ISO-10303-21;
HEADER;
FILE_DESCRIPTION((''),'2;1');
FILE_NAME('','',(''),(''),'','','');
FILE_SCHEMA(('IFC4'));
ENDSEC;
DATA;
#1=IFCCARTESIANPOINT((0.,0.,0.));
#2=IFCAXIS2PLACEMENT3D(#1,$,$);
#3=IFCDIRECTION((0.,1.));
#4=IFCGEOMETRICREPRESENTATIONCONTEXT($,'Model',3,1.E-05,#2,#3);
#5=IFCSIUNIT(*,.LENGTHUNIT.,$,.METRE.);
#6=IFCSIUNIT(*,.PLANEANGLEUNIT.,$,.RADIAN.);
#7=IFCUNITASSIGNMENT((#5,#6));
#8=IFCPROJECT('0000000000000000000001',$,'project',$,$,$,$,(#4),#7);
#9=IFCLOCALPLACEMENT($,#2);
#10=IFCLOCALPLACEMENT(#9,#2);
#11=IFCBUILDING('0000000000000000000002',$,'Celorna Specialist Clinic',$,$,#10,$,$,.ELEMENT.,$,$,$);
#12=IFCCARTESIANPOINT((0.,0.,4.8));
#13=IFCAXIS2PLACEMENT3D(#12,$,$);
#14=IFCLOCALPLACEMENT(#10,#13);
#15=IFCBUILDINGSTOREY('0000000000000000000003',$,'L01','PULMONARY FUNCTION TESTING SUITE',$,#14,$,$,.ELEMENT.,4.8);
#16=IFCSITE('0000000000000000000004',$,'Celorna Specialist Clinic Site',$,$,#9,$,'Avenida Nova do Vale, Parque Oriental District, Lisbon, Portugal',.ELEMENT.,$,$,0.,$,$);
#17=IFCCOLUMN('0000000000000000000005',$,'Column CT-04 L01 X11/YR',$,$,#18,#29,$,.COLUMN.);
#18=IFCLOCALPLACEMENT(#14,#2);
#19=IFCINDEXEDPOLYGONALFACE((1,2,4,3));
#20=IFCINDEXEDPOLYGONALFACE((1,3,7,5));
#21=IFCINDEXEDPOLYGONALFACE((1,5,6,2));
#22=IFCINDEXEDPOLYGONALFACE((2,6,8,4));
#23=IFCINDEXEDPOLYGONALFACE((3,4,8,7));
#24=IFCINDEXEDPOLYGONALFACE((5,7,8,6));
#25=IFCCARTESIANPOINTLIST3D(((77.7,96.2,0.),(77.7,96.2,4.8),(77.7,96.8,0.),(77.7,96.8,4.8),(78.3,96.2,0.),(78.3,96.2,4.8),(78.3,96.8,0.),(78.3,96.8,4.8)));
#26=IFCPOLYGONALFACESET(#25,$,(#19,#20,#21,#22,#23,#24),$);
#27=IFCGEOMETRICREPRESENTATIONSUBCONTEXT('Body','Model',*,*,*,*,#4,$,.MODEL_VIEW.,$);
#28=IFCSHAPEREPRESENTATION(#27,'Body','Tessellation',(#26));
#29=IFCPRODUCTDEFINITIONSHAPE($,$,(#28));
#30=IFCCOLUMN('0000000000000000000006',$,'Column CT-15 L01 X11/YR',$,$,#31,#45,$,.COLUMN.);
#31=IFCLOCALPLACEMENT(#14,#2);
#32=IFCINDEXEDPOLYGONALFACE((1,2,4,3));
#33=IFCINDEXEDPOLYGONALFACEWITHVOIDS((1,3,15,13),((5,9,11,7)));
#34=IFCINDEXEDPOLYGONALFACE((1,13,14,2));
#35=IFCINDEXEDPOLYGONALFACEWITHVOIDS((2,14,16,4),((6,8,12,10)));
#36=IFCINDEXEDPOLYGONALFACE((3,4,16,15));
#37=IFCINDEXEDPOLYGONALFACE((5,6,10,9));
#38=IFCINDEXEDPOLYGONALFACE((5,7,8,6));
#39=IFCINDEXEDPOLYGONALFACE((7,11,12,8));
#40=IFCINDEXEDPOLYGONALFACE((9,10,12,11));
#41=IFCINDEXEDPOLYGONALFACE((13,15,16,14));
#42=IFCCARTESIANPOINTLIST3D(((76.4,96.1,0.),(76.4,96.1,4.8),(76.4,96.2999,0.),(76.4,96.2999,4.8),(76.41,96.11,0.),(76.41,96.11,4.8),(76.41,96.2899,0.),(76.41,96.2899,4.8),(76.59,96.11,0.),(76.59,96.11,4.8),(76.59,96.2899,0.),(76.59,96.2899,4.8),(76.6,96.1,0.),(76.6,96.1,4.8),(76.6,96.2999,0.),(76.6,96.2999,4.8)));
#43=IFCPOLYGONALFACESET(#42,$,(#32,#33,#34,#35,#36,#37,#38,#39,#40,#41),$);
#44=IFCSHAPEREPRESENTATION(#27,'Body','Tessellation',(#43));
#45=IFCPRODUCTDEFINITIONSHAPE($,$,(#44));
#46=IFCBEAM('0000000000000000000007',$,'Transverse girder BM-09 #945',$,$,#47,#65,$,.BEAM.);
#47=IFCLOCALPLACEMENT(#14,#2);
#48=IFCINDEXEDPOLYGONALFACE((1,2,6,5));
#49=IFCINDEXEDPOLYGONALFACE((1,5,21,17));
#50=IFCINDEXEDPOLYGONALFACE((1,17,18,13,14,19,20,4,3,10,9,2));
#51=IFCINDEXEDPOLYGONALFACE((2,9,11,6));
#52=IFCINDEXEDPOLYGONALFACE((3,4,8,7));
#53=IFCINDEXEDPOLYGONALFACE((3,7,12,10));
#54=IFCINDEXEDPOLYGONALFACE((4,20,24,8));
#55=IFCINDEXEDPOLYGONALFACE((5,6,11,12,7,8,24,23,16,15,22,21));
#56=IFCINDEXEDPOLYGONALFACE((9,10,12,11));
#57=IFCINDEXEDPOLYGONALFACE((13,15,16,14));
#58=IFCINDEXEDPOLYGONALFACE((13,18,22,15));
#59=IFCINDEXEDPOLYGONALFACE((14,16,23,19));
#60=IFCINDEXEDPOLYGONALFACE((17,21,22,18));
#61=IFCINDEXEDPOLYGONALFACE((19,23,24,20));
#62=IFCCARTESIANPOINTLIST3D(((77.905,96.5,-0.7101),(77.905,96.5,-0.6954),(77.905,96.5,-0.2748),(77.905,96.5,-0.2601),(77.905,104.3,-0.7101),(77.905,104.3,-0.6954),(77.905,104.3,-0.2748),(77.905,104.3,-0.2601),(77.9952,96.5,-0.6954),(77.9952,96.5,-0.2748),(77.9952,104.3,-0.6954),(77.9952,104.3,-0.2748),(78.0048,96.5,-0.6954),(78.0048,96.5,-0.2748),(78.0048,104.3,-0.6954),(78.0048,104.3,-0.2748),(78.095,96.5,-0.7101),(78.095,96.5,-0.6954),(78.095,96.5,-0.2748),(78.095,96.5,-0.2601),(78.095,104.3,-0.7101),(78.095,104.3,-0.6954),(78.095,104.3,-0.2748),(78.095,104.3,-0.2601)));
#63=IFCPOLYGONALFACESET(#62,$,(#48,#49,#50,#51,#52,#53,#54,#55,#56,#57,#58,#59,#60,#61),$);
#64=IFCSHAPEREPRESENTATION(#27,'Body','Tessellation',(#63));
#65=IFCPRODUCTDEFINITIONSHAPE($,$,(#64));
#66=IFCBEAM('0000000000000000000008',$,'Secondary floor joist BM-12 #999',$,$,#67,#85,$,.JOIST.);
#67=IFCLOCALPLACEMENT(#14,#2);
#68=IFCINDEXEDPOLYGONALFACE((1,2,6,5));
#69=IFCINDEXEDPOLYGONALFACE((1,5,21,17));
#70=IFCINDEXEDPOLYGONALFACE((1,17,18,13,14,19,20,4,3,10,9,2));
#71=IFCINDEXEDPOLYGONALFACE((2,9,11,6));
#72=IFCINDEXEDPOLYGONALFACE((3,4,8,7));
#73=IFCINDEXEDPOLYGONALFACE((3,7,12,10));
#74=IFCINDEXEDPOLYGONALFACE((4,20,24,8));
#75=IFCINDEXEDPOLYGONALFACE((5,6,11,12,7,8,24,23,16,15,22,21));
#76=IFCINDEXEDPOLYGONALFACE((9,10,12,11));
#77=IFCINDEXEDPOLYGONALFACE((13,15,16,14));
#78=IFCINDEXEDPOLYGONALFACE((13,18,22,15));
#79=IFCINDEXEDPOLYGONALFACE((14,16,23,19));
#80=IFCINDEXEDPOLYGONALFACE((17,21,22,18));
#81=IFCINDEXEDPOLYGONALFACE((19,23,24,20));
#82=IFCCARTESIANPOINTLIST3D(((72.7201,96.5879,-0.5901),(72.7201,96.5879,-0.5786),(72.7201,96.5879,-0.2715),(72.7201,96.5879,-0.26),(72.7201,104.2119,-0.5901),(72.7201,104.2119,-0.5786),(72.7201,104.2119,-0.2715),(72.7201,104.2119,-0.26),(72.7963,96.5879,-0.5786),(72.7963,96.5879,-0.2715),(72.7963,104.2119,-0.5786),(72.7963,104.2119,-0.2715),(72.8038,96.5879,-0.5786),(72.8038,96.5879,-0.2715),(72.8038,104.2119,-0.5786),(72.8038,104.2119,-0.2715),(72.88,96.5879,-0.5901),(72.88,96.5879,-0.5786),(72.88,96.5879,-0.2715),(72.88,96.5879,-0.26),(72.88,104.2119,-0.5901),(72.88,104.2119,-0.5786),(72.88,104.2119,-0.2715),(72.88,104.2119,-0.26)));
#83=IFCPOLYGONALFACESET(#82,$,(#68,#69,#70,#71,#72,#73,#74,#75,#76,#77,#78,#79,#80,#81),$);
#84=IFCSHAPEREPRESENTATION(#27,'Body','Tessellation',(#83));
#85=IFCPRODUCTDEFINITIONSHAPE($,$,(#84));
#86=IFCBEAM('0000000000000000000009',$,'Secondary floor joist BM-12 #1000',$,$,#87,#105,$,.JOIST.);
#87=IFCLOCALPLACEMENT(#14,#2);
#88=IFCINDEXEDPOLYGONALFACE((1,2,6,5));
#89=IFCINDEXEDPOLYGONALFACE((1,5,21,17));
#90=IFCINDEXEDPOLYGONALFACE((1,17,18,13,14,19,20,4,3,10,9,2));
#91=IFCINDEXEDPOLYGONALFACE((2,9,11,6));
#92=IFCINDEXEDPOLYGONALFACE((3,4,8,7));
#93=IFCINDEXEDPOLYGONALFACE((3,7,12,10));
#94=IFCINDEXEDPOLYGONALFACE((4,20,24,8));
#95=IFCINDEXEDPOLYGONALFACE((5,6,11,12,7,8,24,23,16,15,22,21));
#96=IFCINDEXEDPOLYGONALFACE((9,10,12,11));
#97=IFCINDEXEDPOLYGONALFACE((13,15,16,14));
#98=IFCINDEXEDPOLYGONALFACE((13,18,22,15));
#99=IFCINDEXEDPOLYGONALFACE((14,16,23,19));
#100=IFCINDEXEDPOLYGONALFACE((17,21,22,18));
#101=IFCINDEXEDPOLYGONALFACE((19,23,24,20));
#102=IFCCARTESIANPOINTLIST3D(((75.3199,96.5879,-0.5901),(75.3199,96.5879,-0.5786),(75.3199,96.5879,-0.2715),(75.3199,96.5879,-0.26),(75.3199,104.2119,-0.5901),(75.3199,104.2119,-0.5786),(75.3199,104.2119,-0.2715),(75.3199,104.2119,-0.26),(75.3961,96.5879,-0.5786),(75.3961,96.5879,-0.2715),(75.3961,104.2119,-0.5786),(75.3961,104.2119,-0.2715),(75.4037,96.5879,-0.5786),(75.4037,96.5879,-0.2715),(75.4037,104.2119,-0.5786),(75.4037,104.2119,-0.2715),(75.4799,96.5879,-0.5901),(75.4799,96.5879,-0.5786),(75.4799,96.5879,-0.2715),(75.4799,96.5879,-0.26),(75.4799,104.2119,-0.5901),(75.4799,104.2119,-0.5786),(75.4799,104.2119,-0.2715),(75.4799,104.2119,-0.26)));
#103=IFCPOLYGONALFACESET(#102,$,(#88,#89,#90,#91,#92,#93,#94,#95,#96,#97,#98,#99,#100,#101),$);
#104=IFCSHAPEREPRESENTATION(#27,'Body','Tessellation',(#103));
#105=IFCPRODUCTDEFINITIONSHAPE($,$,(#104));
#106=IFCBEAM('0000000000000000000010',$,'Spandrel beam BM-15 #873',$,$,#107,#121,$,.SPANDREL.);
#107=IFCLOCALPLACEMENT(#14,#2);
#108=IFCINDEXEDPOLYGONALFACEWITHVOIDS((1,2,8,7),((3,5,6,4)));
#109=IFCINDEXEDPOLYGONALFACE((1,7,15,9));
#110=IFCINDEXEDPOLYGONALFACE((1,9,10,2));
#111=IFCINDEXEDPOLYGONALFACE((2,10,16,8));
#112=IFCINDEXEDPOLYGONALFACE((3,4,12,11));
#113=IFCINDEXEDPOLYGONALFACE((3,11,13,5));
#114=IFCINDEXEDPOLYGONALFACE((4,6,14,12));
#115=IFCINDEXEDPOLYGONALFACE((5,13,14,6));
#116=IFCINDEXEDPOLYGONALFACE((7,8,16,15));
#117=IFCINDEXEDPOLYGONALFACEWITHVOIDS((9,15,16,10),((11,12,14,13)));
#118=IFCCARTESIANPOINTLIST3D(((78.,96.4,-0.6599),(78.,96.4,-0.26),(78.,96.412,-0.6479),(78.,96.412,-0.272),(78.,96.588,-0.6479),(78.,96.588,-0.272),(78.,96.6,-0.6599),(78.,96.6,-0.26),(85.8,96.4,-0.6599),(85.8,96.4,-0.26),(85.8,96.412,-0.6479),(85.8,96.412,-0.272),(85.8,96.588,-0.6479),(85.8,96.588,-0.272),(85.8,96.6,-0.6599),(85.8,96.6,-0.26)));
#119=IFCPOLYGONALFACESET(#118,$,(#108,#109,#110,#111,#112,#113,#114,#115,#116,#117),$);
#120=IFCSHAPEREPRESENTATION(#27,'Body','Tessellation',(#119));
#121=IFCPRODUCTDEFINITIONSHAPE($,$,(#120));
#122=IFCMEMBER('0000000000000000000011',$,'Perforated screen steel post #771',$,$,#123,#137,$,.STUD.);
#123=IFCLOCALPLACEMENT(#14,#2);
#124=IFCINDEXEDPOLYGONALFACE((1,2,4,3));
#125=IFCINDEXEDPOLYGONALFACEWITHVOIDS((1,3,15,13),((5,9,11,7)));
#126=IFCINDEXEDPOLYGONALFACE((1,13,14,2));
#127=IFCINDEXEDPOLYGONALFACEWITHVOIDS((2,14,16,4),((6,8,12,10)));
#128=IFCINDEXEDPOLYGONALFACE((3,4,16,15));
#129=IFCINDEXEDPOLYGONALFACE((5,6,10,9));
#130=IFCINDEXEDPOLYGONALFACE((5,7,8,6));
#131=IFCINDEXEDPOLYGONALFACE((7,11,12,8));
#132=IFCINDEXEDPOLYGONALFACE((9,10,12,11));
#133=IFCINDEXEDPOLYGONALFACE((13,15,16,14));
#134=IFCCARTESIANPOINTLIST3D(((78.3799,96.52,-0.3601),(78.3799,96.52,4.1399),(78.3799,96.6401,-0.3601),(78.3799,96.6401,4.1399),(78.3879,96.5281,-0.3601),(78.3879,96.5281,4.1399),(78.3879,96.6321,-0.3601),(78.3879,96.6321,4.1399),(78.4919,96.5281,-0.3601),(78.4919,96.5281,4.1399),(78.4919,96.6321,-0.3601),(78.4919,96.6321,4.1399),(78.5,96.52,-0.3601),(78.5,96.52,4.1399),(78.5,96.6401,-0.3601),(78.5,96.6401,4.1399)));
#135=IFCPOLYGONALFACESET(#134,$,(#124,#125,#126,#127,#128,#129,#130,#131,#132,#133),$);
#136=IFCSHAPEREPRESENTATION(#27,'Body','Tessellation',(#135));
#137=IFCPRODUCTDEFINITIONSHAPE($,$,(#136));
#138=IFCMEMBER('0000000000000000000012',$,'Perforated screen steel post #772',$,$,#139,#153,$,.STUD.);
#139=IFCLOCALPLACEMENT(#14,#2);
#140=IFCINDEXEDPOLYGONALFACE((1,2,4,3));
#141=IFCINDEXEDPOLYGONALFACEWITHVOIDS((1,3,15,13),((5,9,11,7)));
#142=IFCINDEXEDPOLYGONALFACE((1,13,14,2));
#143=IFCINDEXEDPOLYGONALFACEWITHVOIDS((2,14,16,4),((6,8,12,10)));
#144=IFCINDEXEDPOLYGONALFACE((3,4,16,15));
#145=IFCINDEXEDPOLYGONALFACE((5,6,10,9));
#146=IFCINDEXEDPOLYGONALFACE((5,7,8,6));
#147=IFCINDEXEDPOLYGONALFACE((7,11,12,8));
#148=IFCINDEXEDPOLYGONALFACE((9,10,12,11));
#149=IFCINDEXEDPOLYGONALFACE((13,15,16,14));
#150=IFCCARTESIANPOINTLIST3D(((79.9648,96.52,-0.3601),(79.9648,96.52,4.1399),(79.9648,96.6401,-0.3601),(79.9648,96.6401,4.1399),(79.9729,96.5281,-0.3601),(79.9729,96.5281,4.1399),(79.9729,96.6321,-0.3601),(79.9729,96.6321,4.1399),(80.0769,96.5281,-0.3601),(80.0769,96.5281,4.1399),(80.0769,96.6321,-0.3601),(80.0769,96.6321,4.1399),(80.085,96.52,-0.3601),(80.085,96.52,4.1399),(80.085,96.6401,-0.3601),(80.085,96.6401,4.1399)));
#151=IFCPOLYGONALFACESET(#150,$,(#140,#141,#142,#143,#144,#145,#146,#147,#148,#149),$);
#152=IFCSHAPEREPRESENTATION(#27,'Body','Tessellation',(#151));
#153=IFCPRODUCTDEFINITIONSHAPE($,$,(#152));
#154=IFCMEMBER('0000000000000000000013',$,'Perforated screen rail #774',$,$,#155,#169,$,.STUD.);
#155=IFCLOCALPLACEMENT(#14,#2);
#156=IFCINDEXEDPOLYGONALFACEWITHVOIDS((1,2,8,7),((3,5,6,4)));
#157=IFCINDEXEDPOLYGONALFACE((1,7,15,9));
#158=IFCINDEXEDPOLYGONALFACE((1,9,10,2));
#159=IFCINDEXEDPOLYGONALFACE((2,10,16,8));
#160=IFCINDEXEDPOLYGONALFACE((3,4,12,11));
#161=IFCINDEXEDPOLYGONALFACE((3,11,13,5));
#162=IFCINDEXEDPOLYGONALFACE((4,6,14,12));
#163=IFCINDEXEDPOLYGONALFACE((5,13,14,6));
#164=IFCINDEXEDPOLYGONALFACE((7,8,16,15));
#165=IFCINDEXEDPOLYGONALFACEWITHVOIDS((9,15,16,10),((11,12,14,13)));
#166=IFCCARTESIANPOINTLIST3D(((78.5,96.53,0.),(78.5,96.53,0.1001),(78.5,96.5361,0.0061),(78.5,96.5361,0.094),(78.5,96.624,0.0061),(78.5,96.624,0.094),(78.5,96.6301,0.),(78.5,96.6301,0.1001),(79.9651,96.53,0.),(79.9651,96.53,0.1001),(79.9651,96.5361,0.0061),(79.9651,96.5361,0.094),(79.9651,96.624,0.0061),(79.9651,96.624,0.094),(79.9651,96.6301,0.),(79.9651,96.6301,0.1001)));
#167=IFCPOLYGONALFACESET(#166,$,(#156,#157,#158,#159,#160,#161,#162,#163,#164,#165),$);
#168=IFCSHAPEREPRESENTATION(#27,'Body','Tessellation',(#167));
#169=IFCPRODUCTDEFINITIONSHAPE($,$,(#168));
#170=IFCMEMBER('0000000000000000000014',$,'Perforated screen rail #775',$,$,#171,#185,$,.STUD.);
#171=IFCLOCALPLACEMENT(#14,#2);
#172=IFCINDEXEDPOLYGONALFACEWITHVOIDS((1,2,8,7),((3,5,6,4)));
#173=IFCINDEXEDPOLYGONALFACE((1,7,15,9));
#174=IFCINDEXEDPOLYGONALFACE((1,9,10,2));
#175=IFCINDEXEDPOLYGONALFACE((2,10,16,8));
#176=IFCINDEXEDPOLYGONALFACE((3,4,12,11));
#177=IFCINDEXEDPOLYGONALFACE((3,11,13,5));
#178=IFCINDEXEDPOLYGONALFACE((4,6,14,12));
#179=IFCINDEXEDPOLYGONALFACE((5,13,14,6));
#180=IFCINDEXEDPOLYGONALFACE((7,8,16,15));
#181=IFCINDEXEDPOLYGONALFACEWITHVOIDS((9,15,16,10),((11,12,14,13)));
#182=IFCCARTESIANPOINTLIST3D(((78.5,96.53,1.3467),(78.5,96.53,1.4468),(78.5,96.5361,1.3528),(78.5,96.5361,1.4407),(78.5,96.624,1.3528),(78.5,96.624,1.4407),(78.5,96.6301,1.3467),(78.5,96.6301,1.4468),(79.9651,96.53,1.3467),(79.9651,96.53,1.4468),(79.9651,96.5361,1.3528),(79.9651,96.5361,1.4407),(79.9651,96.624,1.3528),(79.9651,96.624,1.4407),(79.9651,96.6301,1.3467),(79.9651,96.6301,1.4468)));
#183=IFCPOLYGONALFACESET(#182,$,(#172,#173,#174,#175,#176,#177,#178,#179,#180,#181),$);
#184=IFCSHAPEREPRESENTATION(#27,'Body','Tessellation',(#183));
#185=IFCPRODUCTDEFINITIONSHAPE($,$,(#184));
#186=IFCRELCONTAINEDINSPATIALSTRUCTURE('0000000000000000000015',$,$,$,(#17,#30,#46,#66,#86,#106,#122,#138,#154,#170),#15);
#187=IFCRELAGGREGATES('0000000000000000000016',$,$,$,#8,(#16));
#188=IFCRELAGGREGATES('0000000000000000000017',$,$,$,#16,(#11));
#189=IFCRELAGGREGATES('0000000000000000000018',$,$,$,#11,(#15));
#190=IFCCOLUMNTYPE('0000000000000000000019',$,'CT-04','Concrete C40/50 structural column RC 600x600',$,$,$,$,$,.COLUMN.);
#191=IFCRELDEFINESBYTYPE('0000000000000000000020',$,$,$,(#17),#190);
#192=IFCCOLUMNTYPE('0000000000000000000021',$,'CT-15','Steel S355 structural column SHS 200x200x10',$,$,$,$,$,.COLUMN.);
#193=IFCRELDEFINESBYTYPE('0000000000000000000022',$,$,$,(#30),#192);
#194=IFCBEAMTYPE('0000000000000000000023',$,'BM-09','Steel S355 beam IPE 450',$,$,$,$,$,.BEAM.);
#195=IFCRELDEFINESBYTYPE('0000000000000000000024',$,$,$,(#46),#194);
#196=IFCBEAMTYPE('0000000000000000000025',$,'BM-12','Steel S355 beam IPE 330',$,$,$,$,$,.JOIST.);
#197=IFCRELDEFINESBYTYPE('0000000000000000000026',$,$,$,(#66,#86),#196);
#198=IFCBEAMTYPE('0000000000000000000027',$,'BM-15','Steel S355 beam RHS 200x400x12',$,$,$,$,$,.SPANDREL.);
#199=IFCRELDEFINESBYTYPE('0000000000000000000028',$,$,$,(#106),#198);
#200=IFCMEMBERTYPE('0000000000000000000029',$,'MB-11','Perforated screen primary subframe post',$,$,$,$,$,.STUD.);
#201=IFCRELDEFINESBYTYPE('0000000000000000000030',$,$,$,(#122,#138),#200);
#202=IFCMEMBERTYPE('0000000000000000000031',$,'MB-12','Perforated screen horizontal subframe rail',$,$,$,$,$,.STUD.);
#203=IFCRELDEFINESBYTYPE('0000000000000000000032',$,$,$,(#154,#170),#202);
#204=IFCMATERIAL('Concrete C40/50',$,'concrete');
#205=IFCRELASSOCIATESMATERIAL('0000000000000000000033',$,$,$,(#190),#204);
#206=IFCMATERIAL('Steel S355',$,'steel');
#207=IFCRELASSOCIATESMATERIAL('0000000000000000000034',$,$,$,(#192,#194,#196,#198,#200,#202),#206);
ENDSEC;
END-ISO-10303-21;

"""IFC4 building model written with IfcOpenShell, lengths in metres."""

from ifc_helpers import new_model, si_unit, direction, frame, origin, origin_2d, place, context, subcontext, project, spatial, rectangle, hollow_rectangle, i_section, extrude, material, material_profile, profile_set, type_object, element, save


model = new_model("IFC4")

# Units and contexts
model_context = context("Model", 3, precision=1e-05, world=origin(), true_north=direction((0.0, 1.0)))
body_context = subcontext(model_context, "Body", "Model", "MODEL_VIEW")
ifc_project = project(units=[si_unit("LENGTHUNIT", "METRE"), si_unit("PLANEANGLEUNIT", "RADIAN")], contexts=[model_context])

# Site, building, storey
site_placement = place(None, origin())
site = spatial("IfcSite", under=ifc_project, at=site_placement, Name="Celorna Specialist Clinic Site", LongName="Avenida Nova do Vale, Parque Oriental District, Lisbon, Portugal", CompositionType="ELEMENT", RefElevation=0.0)
building_placement = place(site_placement, origin())
building = spatial("IfcBuilding", under=site, at=building_placement, Name="Celorna Specialist Clinic", CompositionType="ELEMENT")
storey_placement = place(building_placement, frame((0.0, 0.0, 4.8)))
storey = spatial("IfcBuildingStorey", under=building, at=storey_placement, Name="L01", Description="PULMONARY FUNCTION TESTING SUITE", CompositionType="ELEMENT", Elevation=4.8)

# Columns
ifc_material_1 = material(Name="Concrete C40/50", Category="concrete")
ifc_material_profile_1 = material_profile(ifc_material_1, rectangle(XDim=0.6001, YDim=0.6001, at=origin_2d()), Name="RC 600x600")
ifc_profile_set_1 = profile_set([ifc_material_profile_1], Name="Concrete C40/50")
column_type_1 = type_object("IfcColumnType", Name="CT-04", Description="Concrete C40/50 structural column RC 600x600", PredefinedType="COLUMN", material=ifc_profile_set_1)
column_1_placement = place(storey_placement, frame((78.0, 96.5, 0.0), z_axis=(0.0, 0.0, 1.0), x_axis=(1.0, 0.0, 0.0)))
element("IfcColumn", 1, at=column_1_placement, inside=storey, type_object=column_type_1, Name="Column CT-04 L01 X11/YR", PredefinedType="COLUMN", context=body_context, shape_type="SweptSolid", body=[
    extrude(rectangle(XDim=0.6001, YDim=0.6001, at=origin_2d()), origin(), (0.0, 0.0, 1.0), 4.8),
])
ifc_material_2 = material(Name="Steel S355", Category="steel")
ifc_material_profile_2 = material_profile(ifc_material_2, hollow_rectangle(XDim=0.2, YDim=0.2, WallThickness=0.01, at=origin_2d()), Name="SHS 200x200x10")
ifc_profile_set_2 = profile_set([ifc_material_profile_2], Name="Steel S355")
column_type_2 = type_object("IfcColumnType", Name="CT-15", Description="Steel S355 structural column SHS 200x200x10", PredefinedType="COLUMN", material=ifc_profile_set_2)
column_2_placement = place(storey_placement, frame((76.5, 96.2, 0.0), z_axis=(0.0, 0.0, 1.0), x_axis=(1.0, 0.0, 0.0)))
element("IfcColumn", 2, at=column_2_placement, inside=storey, type_object=column_type_2, Name="Column CT-15 L01 X11/YR", PredefinedType="COLUMN", context=body_context, shape_type="SweptSolid", body=[
    extrude(hollow_rectangle(XDim=0.2, YDim=0.2, WallThickness=0.01, at=origin_2d()), origin(), (0.0, 0.0, 1.0), 4.8),
])

# Beams
ifc_material_profile_3 = material_profile(ifc_material_2, i_section(OverallWidth=0.1899, OverallDepth=0.45, WebThickness=0.0095, FlangeThickness=0.0146, at=origin_2d()), Name="IPE 450")
ifc_profile_set_3 = profile_set([ifc_material_profile_3], Name="Steel S355")
beam_type_1 = type_object("IfcBeamType", Name="BM-09", Description="Steel S355 beam IPE 450", PredefinedType="BEAM", material=ifc_profile_set_3)
beam_1_placement = place(storey_placement, frame((78.0, 96.5, -0.4851), z_axis=(0.0, 1.0, 0.0), x_axis=(-1.0, 0.0, 0.0)))
element("IfcBeam", 3, at=beam_1_placement, inside=storey, type_object=beam_type_1, Name="Transverse girder BM-09 #945", PredefinedType="BEAM", context=body_context, shape_type="SweptSolid", body=[
    extrude(i_section(OverallWidth=0.1899, OverallDepth=0.45, WebThickness=0.0095, FlangeThickness=0.0146, at=origin_2d()), origin(), (0.0, 0.0, 1.0), 7.8),
])
ifc_material_profile_4 = material_profile(ifc_material_2, i_section(OverallWidth=0.1599, OverallDepth=0.3301, WebThickness=0.0076, FlangeThickness=0.0115, at=origin_2d()), Name="IPE 330")
ifc_profile_set_4 = profile_set([ifc_material_profile_4], Name="Steel S355")
beam_type_2 = type_object("IfcBeamType", Name="BM-12", Description="Steel S355 beam IPE 330", PredefinedType="JOIST", material=ifc_profile_set_4)
for number, where, z_axis, x_axis, name in (
    (4, (72.8, 96.5879, -0.425), (0.0, 1.0, 0.0), (-1.0, 0.0, 0.0), "Secondary floor joist BM-12 #999"),
    (5, (75.3999, 96.5879, -0.425), (0.0, 1.0, 0.0), (-1.0, 0.0, 0.0), "Secondary floor joist BM-12 #1000"),
):
    element("IfcBeam", number, at=place(storey_placement, frame(where, z_axis=z_axis, x_axis=x_axis)), inside=storey, type_object=beam_type_2, Name=name, PredefinedType="JOIST", context=body_context, shape_type="SweptSolid", body=[
        extrude(i_section(OverallWidth=0.1599, OverallDepth=0.3301, WebThickness=0.0076, FlangeThickness=0.0115, at=origin_2d()), origin(), (0.0, 0.0, 1.0), 7.624),
    ])
ifc_material_profile_5 = material_profile(ifc_material_2, hollow_rectangle(XDim=0.2, YDim=0.3999, WallThickness=0.012, at=origin_2d()), Name="RHS 200x400x12")
ifc_profile_set_5 = profile_set([ifc_material_profile_5], Name="Steel S355")
beam_type_3 = type_object("IfcBeamType", Name="BM-15", Description="Steel S355 beam RHS 200x400x12", PredefinedType="SPANDREL", material=ifc_profile_set_5)
beam_2_placement = place(storey_placement, frame((78.0, 96.5, -0.46), z_axis=(1.0, 0.0, 0.0), x_axis=(0.0, 1.0, 0.0)))
element("IfcBeam", 6, at=beam_2_placement, inside=storey, type_object=beam_type_3, Name="Spandrel beam BM-15 #873", PredefinedType="SPANDREL", context=body_context, shape_type="SweptSolid", body=[
    extrude(hollow_rectangle(XDim=0.2, YDim=0.3999, WallThickness=0.012, at=origin_2d()), origin(), (0.0, 0.0, 1.0), 7.8),
])

# Members
ifc_material_profile_6 = material_profile(ifc_material_2, hollow_rectangle(XDim=0.1201, YDim=0.1201, WallThickness=0.0081, at=origin_2d()), Name="SHS 120x120x8")
ifc_profile_set_6 = profile_set([ifc_material_profile_6], Name="Steel S355")
member_type_1 = type_object("IfcMemberType", Name="MB-11", Description="Perforated screen primary subframe post", PredefinedType="STUD", material=ifc_profile_set_6)
for number, where, z_axis, x_axis, name in (
    (7, (78.4399, 96.5801, -0.3601), (0.0, 0.0, 1.0), (1.0, 0.0, 0.0), "Perforated screen steel post #771"),
    (8, (80.0249, 96.5801, -0.3601), (0.0, 0.0, 1.0), (1.0, 0.0, 0.0), "Perforated screen steel post #772"),
):
    element("IfcMember", number, at=place(storey_placement, frame(where, z_axis=z_axis, x_axis=x_axis)), inside=storey, type_object=member_type_1, Name=name, PredefinedType="STUD", context=body_context, shape_type="SweptSolid", body=[
        extrude(hollow_rectangle(XDim=0.1201, YDim=0.1201, WallThickness=0.0081, at=origin_2d()), origin(), (0.0, 0.0, 1.0), 4.5),
    ])
ifc_material_profile_7 = material_profile(ifc_material_2, hollow_rectangle(XDim=0.1001, YDim=0.1001, WallThickness=0.0061, at=origin_2d()), Name="SHS 100x100x6")
ifc_profile_set_7 = profile_set([ifc_material_profile_7], Name="Steel S355")
member_type_2 = type_object("IfcMemberType", Name="MB-12", Description="Perforated screen horizontal subframe rail", PredefinedType="STUD", material=ifc_profile_set_7)
for number, where, z_axis, x_axis, name in (
    (9, (78.5, 96.5801, 0.05), (1.0, 0.0, 0.0), (0.0, 1.0, 0.0), "Perforated screen rail #774"),
    (10, (78.5, 96.5801, 1.3967), (1.0, 0.0, 0.0), (0.0, 1.0, 0.0), "Perforated screen rail #775"),
):
    element("IfcMember", number, at=place(storey_placement, frame(where, z_axis=z_axis, x_axis=x_axis)), inside=storey, type_object=member_type_2, Name=name, PredefinedType="STUD", context=body_context, shape_type="SweptSolid", body=[
        extrude(hollow_rectangle(XDim=0.1001, YDim=0.1001, WallThickness=0.0061, at=origin_2d()), origin(), (0.0, 0.0, 1.0), 1.4651),
    ])

save(model, "model.ifc")
